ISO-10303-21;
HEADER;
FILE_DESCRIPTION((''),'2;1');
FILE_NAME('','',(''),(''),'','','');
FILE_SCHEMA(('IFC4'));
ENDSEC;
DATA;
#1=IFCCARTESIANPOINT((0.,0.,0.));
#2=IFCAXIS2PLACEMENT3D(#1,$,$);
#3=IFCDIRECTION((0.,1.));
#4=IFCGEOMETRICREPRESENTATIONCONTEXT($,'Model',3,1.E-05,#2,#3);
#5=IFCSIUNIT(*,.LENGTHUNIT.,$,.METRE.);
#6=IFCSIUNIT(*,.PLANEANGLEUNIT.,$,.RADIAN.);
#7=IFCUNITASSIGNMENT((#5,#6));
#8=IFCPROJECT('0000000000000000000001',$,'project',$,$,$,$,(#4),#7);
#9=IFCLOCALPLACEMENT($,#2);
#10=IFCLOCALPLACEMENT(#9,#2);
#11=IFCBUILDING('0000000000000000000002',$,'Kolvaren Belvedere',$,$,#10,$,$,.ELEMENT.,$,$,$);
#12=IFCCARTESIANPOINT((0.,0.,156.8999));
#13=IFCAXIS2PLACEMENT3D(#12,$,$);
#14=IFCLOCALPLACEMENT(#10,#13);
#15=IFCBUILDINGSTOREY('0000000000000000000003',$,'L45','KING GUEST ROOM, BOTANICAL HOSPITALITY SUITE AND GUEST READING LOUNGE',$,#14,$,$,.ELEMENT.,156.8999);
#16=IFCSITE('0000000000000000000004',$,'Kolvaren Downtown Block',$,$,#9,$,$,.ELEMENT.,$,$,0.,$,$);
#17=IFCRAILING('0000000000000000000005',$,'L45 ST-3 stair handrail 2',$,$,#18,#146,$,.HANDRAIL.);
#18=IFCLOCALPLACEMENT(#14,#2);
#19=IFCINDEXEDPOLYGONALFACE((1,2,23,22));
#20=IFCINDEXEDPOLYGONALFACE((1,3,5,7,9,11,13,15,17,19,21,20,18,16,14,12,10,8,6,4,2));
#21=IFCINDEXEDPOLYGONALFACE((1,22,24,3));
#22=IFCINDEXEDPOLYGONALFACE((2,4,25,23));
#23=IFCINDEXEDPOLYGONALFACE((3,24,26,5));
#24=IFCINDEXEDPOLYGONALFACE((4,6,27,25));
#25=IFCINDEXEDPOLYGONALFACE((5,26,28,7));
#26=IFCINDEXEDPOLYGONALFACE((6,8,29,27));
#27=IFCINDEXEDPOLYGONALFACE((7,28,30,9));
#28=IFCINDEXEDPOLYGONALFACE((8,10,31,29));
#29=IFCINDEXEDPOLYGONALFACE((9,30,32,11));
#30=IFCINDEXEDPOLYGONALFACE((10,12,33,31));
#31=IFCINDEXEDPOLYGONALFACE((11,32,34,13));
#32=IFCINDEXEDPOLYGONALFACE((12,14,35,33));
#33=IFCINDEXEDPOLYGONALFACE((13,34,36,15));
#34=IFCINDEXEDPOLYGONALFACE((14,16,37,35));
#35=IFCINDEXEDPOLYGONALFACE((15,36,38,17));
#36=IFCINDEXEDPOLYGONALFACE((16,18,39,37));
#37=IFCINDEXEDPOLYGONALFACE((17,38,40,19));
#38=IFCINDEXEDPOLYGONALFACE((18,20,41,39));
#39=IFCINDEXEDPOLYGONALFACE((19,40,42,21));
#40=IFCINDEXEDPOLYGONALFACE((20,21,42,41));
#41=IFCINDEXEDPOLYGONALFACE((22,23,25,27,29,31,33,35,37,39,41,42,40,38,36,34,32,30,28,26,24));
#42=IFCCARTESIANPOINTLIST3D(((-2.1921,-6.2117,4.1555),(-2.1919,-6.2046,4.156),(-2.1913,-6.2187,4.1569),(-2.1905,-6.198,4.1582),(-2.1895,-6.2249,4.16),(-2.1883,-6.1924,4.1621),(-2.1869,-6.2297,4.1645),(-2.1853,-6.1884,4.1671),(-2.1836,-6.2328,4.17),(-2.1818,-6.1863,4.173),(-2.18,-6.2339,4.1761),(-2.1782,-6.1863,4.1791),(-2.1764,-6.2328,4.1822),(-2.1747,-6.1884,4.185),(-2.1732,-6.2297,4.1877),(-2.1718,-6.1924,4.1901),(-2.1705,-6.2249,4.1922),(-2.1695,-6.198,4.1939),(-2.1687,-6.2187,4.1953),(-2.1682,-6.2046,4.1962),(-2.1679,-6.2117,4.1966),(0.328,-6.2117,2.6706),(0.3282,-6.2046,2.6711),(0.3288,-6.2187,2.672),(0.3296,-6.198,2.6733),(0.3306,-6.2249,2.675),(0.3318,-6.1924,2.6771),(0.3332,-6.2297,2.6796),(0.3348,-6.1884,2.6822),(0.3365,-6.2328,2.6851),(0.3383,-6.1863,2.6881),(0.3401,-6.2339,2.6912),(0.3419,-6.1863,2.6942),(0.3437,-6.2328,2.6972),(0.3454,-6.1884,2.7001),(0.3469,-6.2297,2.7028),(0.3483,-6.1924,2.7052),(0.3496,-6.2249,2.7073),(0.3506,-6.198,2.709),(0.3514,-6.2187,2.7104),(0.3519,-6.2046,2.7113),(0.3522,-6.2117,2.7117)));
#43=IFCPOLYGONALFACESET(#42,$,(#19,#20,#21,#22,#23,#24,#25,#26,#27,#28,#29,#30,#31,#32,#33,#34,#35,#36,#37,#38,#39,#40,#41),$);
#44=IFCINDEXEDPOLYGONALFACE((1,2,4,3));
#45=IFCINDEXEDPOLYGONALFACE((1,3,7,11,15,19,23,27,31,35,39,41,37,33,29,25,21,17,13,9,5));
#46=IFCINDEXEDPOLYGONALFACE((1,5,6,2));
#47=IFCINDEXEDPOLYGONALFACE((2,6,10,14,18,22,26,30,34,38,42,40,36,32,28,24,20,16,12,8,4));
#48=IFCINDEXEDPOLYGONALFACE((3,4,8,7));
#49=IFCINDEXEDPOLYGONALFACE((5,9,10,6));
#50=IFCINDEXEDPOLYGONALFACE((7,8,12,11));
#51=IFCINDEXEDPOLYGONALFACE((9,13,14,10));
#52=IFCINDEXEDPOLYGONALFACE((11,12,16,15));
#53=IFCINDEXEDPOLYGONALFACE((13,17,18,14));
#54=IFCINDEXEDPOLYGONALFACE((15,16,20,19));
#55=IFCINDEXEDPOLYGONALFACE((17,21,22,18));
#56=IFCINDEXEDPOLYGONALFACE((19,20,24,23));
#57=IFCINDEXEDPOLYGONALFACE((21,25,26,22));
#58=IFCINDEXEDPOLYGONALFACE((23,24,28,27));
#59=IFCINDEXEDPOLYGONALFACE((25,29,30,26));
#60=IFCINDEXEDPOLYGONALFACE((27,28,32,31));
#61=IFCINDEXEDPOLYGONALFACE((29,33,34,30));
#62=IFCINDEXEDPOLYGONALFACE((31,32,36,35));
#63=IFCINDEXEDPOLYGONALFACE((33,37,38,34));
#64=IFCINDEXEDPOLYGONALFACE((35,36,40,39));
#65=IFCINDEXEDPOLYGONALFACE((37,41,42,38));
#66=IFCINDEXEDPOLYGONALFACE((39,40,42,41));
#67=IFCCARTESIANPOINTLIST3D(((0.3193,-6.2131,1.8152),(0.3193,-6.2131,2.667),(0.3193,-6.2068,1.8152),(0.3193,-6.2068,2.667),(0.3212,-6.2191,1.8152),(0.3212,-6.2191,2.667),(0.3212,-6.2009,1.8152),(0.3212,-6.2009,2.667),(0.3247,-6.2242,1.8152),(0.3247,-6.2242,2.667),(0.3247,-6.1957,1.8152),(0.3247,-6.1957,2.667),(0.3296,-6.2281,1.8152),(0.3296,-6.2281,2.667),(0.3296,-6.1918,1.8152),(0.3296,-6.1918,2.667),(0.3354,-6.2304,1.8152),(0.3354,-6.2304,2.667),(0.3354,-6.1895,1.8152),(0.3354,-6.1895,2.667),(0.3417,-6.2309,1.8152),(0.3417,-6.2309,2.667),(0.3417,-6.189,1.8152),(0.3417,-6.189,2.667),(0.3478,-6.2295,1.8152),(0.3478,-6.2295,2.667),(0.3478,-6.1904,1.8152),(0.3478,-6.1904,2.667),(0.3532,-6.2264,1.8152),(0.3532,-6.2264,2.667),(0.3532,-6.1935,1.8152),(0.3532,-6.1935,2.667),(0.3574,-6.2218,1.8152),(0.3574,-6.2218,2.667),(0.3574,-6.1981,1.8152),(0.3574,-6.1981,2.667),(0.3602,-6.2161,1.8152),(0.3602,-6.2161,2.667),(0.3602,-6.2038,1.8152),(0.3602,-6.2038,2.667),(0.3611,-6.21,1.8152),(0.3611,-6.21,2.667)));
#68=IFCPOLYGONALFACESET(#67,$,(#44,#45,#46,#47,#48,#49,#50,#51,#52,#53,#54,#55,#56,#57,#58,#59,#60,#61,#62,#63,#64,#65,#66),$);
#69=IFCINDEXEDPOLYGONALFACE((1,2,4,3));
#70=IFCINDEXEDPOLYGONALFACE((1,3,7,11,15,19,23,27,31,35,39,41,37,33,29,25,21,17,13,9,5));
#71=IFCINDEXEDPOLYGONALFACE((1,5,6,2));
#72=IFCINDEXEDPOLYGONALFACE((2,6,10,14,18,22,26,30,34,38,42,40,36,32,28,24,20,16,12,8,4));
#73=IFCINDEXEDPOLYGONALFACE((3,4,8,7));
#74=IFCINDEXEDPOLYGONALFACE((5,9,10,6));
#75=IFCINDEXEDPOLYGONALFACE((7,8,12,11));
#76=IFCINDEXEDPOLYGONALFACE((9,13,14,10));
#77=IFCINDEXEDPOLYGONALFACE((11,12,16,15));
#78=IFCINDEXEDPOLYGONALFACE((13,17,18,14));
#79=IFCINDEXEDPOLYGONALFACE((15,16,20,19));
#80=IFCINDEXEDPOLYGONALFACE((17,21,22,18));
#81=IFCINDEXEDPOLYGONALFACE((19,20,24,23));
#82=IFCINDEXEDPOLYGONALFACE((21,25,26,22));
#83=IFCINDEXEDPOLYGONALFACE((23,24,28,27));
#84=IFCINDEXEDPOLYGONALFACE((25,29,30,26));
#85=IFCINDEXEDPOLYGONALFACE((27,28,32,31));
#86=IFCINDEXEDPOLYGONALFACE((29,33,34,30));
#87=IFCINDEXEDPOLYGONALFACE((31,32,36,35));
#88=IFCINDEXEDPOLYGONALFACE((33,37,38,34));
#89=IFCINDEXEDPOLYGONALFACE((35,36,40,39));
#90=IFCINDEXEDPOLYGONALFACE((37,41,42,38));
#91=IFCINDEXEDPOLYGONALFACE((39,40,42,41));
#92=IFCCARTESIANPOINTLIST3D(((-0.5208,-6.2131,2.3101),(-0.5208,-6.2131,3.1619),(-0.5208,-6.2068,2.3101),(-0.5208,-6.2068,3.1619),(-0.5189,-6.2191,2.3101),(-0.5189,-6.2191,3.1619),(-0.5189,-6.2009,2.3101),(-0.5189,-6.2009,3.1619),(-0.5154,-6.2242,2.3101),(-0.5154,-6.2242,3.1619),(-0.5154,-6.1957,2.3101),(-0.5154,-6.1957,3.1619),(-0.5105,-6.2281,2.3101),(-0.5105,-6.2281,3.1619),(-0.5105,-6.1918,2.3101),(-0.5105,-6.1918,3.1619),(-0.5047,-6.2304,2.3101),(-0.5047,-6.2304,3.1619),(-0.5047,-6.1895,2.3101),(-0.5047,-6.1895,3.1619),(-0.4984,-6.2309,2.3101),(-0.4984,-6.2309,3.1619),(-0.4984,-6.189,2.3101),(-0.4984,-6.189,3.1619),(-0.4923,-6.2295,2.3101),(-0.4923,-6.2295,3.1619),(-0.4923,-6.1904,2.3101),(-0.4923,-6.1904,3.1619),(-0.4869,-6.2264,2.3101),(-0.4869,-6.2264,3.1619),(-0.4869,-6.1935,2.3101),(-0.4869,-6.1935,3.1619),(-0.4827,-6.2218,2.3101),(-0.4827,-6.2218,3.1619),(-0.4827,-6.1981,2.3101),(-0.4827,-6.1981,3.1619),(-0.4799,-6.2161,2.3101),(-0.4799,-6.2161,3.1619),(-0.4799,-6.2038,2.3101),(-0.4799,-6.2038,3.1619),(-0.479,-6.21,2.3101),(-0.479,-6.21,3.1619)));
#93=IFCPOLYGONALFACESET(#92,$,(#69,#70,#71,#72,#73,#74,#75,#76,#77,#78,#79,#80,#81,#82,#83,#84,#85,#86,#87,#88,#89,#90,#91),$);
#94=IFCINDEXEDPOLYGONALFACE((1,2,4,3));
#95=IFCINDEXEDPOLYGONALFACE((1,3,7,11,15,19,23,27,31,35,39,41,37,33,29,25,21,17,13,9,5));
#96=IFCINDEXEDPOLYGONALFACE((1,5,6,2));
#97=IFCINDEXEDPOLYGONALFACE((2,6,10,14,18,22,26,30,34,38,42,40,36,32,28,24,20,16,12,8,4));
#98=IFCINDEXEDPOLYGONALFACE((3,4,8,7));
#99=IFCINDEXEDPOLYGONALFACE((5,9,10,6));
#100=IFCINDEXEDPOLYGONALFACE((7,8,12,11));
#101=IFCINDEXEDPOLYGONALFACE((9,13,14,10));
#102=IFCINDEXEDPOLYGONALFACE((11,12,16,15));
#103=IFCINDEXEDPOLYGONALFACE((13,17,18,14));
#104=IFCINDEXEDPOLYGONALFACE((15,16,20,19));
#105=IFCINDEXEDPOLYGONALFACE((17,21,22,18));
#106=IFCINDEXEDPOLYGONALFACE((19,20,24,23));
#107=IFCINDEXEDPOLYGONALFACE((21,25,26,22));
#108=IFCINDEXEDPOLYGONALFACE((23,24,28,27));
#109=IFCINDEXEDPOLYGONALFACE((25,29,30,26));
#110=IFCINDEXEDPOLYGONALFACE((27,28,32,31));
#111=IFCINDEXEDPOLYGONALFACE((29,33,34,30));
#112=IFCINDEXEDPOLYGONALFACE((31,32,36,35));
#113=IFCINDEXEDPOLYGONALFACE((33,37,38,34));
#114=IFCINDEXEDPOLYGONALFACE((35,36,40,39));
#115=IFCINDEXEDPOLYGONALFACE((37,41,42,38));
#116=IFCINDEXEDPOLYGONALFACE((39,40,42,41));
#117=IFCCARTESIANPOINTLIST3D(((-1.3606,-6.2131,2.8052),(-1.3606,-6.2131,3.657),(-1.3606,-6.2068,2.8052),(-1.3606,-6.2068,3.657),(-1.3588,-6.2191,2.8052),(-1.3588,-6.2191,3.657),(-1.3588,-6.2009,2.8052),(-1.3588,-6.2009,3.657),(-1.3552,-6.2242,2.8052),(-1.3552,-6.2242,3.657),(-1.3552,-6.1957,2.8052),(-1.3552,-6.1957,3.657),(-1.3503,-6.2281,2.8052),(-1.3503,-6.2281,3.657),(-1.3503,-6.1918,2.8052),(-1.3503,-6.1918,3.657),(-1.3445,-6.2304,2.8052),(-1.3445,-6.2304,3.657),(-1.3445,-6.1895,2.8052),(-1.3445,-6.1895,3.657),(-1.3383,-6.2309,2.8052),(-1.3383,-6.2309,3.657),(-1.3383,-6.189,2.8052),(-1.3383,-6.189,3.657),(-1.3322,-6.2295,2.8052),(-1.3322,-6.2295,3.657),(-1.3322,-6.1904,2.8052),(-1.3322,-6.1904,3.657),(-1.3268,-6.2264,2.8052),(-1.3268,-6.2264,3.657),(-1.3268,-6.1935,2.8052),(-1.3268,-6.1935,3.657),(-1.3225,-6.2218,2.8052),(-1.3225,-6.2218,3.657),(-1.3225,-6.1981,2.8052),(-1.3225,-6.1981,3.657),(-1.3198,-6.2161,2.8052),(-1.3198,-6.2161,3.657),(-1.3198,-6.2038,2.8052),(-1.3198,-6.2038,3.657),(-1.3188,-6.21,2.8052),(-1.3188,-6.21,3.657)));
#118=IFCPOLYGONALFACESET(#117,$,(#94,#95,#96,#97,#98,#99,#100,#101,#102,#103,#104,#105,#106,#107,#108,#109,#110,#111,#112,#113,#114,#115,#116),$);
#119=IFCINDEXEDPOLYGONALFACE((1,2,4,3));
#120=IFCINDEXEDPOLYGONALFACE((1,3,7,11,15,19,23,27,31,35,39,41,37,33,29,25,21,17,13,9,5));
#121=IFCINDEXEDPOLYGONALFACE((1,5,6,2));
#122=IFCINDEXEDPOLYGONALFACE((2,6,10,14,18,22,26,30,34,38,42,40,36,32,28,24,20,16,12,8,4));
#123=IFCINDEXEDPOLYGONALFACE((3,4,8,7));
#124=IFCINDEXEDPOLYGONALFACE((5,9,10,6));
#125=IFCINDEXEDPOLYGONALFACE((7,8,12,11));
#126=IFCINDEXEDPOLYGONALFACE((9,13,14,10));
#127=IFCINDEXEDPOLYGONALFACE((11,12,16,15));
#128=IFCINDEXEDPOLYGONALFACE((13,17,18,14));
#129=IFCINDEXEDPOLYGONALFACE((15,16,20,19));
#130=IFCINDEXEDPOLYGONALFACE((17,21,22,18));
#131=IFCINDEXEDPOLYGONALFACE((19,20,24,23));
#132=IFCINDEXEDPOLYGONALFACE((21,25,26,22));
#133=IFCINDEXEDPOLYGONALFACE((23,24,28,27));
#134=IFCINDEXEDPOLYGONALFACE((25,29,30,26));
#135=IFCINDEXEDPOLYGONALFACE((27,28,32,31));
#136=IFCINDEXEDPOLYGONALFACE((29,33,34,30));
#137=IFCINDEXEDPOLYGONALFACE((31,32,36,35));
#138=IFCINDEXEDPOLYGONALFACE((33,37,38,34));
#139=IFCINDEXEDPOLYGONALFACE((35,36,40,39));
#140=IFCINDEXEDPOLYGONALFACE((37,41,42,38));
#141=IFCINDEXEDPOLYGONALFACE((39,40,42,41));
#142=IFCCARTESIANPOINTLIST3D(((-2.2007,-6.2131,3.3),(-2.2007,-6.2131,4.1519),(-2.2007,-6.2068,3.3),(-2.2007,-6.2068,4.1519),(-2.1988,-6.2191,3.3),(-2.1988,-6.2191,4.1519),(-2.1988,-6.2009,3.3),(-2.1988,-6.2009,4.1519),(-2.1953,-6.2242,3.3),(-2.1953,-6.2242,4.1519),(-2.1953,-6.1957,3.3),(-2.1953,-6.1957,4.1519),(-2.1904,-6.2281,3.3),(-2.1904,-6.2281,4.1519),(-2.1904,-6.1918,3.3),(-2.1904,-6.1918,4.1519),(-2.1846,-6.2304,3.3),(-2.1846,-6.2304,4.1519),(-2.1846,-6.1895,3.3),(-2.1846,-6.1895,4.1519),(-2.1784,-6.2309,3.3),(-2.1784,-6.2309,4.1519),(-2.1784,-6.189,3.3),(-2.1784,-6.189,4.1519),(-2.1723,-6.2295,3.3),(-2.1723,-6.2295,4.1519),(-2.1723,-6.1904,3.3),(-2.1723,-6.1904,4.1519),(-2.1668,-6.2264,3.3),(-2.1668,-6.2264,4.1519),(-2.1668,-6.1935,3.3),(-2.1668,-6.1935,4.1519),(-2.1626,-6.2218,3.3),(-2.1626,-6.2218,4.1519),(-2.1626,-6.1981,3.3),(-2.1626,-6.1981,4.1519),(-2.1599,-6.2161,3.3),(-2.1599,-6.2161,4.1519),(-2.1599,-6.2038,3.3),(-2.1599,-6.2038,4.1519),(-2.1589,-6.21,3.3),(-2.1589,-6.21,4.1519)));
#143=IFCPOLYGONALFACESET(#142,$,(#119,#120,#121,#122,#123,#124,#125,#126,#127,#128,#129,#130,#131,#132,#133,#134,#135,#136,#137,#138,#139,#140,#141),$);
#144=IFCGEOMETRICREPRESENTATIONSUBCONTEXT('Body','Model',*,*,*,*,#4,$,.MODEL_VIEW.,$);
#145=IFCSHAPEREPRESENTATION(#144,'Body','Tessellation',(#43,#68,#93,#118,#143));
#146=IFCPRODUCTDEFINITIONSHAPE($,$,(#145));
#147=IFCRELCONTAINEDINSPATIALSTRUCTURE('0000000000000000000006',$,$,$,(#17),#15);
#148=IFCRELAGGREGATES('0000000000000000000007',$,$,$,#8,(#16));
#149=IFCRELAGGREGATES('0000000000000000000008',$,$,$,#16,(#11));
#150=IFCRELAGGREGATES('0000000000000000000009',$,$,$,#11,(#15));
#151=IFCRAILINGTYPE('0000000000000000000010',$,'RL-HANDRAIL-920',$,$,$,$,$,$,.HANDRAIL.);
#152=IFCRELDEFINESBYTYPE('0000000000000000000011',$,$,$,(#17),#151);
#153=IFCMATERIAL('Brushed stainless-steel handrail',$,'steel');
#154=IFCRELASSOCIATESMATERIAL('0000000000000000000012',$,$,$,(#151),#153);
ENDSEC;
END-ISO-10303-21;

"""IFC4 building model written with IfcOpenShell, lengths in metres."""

from ifc_helpers import new_model, si_unit, direction, frame, origin, origin_2d, place, context, subcontext, project, spatial, circle, extrude, material, type_object, element, save


model = new_model("IFC4")

# Units and contexts
model_context = context("Model", 3, precision=1e-05, world=origin(), true_north=direction((0.0, 1.0)))
body_context = subcontext(model_context, "Body", "Model", "MODEL_VIEW")
ifc_project = project(units=[si_unit("LENGTHUNIT", "METRE"), si_unit("PLANEANGLEUNIT", "RADIAN")], contexts=[model_context])

# Site, building, storey
site_placement = place(None, origin())
site = spatial("IfcSite", under=ifc_project, at=site_placement, Name="Kolvaren Downtown Block", CompositionType="ELEMENT", RefElevation=0.0)
building_placement = place(site_placement, origin())
building = spatial("IfcBuilding", under=site, at=building_placement, Name="Kolvaren Belvedere", CompositionType="ELEMENT")
storey_placement = place(building_placement, frame((0.0, 0.0, 156.8999)))
storey = spatial("IfcBuildingStorey", under=building, at=storey_placement, Name="L45", Description="KING GUEST ROOM, BOTANICAL HOSPITALITY SUITE AND GUEST READING LOUNGE", CompositionType="ELEMENT", Elevation=156.8999)

# Railing
ifc_material_1 = material(Name="Brushed stainless-steel handrail", Category="steel")
railing_type_1 = type_object("IfcRailingType", Name="RL-HANDRAIL-920", PredefinedType="HANDRAIL", material=ifc_material_1)
railing_1_placement = place(storey_placement, frame((0.3401, -6.21, 1.8152)))
element("IfcRailing", 1, at=railing_1_placement, inside=storey, type_object=railing_type_1, Name="L45 ST-3 stair handrail 2", PredefinedType="HANDRAIL", context=body_context, shape_type="SweptSolid", body=[
    extrude(circle(Radius=0.0239, at=origin_2d()), frame((0.0, 0.0, 0.876), z_axis=(-0.861561, 0.0, 0.507655), x_axis=(0.0, -1.0, 0.0)), (0.0, 0.0, 1.0), 2.925),
    extrude(circle(Radius=0.021, at=origin_2d()), origin(), (0.0, 0.0, 1.0), 0.8518),
    extrude(circle(Radius=0.021, at=origin_2d()), frame((-0.8401, 0.0, 0.4949)), (0.0, 0.0, 1.0), 0.8518),
    extrude(circle(Radius=0.021, at=origin_2d()), frame((-1.6799, 0.0, 0.99)), (0.0, 0.0, 1.0), 0.8518),
    extrude(circle(Radius=0.021, at=origin_2d()), frame((-2.52, 0.0, 1.4849)), (0.0, 0.0, 1.0), 0.8518),
])

save(model, "model.ifc")
